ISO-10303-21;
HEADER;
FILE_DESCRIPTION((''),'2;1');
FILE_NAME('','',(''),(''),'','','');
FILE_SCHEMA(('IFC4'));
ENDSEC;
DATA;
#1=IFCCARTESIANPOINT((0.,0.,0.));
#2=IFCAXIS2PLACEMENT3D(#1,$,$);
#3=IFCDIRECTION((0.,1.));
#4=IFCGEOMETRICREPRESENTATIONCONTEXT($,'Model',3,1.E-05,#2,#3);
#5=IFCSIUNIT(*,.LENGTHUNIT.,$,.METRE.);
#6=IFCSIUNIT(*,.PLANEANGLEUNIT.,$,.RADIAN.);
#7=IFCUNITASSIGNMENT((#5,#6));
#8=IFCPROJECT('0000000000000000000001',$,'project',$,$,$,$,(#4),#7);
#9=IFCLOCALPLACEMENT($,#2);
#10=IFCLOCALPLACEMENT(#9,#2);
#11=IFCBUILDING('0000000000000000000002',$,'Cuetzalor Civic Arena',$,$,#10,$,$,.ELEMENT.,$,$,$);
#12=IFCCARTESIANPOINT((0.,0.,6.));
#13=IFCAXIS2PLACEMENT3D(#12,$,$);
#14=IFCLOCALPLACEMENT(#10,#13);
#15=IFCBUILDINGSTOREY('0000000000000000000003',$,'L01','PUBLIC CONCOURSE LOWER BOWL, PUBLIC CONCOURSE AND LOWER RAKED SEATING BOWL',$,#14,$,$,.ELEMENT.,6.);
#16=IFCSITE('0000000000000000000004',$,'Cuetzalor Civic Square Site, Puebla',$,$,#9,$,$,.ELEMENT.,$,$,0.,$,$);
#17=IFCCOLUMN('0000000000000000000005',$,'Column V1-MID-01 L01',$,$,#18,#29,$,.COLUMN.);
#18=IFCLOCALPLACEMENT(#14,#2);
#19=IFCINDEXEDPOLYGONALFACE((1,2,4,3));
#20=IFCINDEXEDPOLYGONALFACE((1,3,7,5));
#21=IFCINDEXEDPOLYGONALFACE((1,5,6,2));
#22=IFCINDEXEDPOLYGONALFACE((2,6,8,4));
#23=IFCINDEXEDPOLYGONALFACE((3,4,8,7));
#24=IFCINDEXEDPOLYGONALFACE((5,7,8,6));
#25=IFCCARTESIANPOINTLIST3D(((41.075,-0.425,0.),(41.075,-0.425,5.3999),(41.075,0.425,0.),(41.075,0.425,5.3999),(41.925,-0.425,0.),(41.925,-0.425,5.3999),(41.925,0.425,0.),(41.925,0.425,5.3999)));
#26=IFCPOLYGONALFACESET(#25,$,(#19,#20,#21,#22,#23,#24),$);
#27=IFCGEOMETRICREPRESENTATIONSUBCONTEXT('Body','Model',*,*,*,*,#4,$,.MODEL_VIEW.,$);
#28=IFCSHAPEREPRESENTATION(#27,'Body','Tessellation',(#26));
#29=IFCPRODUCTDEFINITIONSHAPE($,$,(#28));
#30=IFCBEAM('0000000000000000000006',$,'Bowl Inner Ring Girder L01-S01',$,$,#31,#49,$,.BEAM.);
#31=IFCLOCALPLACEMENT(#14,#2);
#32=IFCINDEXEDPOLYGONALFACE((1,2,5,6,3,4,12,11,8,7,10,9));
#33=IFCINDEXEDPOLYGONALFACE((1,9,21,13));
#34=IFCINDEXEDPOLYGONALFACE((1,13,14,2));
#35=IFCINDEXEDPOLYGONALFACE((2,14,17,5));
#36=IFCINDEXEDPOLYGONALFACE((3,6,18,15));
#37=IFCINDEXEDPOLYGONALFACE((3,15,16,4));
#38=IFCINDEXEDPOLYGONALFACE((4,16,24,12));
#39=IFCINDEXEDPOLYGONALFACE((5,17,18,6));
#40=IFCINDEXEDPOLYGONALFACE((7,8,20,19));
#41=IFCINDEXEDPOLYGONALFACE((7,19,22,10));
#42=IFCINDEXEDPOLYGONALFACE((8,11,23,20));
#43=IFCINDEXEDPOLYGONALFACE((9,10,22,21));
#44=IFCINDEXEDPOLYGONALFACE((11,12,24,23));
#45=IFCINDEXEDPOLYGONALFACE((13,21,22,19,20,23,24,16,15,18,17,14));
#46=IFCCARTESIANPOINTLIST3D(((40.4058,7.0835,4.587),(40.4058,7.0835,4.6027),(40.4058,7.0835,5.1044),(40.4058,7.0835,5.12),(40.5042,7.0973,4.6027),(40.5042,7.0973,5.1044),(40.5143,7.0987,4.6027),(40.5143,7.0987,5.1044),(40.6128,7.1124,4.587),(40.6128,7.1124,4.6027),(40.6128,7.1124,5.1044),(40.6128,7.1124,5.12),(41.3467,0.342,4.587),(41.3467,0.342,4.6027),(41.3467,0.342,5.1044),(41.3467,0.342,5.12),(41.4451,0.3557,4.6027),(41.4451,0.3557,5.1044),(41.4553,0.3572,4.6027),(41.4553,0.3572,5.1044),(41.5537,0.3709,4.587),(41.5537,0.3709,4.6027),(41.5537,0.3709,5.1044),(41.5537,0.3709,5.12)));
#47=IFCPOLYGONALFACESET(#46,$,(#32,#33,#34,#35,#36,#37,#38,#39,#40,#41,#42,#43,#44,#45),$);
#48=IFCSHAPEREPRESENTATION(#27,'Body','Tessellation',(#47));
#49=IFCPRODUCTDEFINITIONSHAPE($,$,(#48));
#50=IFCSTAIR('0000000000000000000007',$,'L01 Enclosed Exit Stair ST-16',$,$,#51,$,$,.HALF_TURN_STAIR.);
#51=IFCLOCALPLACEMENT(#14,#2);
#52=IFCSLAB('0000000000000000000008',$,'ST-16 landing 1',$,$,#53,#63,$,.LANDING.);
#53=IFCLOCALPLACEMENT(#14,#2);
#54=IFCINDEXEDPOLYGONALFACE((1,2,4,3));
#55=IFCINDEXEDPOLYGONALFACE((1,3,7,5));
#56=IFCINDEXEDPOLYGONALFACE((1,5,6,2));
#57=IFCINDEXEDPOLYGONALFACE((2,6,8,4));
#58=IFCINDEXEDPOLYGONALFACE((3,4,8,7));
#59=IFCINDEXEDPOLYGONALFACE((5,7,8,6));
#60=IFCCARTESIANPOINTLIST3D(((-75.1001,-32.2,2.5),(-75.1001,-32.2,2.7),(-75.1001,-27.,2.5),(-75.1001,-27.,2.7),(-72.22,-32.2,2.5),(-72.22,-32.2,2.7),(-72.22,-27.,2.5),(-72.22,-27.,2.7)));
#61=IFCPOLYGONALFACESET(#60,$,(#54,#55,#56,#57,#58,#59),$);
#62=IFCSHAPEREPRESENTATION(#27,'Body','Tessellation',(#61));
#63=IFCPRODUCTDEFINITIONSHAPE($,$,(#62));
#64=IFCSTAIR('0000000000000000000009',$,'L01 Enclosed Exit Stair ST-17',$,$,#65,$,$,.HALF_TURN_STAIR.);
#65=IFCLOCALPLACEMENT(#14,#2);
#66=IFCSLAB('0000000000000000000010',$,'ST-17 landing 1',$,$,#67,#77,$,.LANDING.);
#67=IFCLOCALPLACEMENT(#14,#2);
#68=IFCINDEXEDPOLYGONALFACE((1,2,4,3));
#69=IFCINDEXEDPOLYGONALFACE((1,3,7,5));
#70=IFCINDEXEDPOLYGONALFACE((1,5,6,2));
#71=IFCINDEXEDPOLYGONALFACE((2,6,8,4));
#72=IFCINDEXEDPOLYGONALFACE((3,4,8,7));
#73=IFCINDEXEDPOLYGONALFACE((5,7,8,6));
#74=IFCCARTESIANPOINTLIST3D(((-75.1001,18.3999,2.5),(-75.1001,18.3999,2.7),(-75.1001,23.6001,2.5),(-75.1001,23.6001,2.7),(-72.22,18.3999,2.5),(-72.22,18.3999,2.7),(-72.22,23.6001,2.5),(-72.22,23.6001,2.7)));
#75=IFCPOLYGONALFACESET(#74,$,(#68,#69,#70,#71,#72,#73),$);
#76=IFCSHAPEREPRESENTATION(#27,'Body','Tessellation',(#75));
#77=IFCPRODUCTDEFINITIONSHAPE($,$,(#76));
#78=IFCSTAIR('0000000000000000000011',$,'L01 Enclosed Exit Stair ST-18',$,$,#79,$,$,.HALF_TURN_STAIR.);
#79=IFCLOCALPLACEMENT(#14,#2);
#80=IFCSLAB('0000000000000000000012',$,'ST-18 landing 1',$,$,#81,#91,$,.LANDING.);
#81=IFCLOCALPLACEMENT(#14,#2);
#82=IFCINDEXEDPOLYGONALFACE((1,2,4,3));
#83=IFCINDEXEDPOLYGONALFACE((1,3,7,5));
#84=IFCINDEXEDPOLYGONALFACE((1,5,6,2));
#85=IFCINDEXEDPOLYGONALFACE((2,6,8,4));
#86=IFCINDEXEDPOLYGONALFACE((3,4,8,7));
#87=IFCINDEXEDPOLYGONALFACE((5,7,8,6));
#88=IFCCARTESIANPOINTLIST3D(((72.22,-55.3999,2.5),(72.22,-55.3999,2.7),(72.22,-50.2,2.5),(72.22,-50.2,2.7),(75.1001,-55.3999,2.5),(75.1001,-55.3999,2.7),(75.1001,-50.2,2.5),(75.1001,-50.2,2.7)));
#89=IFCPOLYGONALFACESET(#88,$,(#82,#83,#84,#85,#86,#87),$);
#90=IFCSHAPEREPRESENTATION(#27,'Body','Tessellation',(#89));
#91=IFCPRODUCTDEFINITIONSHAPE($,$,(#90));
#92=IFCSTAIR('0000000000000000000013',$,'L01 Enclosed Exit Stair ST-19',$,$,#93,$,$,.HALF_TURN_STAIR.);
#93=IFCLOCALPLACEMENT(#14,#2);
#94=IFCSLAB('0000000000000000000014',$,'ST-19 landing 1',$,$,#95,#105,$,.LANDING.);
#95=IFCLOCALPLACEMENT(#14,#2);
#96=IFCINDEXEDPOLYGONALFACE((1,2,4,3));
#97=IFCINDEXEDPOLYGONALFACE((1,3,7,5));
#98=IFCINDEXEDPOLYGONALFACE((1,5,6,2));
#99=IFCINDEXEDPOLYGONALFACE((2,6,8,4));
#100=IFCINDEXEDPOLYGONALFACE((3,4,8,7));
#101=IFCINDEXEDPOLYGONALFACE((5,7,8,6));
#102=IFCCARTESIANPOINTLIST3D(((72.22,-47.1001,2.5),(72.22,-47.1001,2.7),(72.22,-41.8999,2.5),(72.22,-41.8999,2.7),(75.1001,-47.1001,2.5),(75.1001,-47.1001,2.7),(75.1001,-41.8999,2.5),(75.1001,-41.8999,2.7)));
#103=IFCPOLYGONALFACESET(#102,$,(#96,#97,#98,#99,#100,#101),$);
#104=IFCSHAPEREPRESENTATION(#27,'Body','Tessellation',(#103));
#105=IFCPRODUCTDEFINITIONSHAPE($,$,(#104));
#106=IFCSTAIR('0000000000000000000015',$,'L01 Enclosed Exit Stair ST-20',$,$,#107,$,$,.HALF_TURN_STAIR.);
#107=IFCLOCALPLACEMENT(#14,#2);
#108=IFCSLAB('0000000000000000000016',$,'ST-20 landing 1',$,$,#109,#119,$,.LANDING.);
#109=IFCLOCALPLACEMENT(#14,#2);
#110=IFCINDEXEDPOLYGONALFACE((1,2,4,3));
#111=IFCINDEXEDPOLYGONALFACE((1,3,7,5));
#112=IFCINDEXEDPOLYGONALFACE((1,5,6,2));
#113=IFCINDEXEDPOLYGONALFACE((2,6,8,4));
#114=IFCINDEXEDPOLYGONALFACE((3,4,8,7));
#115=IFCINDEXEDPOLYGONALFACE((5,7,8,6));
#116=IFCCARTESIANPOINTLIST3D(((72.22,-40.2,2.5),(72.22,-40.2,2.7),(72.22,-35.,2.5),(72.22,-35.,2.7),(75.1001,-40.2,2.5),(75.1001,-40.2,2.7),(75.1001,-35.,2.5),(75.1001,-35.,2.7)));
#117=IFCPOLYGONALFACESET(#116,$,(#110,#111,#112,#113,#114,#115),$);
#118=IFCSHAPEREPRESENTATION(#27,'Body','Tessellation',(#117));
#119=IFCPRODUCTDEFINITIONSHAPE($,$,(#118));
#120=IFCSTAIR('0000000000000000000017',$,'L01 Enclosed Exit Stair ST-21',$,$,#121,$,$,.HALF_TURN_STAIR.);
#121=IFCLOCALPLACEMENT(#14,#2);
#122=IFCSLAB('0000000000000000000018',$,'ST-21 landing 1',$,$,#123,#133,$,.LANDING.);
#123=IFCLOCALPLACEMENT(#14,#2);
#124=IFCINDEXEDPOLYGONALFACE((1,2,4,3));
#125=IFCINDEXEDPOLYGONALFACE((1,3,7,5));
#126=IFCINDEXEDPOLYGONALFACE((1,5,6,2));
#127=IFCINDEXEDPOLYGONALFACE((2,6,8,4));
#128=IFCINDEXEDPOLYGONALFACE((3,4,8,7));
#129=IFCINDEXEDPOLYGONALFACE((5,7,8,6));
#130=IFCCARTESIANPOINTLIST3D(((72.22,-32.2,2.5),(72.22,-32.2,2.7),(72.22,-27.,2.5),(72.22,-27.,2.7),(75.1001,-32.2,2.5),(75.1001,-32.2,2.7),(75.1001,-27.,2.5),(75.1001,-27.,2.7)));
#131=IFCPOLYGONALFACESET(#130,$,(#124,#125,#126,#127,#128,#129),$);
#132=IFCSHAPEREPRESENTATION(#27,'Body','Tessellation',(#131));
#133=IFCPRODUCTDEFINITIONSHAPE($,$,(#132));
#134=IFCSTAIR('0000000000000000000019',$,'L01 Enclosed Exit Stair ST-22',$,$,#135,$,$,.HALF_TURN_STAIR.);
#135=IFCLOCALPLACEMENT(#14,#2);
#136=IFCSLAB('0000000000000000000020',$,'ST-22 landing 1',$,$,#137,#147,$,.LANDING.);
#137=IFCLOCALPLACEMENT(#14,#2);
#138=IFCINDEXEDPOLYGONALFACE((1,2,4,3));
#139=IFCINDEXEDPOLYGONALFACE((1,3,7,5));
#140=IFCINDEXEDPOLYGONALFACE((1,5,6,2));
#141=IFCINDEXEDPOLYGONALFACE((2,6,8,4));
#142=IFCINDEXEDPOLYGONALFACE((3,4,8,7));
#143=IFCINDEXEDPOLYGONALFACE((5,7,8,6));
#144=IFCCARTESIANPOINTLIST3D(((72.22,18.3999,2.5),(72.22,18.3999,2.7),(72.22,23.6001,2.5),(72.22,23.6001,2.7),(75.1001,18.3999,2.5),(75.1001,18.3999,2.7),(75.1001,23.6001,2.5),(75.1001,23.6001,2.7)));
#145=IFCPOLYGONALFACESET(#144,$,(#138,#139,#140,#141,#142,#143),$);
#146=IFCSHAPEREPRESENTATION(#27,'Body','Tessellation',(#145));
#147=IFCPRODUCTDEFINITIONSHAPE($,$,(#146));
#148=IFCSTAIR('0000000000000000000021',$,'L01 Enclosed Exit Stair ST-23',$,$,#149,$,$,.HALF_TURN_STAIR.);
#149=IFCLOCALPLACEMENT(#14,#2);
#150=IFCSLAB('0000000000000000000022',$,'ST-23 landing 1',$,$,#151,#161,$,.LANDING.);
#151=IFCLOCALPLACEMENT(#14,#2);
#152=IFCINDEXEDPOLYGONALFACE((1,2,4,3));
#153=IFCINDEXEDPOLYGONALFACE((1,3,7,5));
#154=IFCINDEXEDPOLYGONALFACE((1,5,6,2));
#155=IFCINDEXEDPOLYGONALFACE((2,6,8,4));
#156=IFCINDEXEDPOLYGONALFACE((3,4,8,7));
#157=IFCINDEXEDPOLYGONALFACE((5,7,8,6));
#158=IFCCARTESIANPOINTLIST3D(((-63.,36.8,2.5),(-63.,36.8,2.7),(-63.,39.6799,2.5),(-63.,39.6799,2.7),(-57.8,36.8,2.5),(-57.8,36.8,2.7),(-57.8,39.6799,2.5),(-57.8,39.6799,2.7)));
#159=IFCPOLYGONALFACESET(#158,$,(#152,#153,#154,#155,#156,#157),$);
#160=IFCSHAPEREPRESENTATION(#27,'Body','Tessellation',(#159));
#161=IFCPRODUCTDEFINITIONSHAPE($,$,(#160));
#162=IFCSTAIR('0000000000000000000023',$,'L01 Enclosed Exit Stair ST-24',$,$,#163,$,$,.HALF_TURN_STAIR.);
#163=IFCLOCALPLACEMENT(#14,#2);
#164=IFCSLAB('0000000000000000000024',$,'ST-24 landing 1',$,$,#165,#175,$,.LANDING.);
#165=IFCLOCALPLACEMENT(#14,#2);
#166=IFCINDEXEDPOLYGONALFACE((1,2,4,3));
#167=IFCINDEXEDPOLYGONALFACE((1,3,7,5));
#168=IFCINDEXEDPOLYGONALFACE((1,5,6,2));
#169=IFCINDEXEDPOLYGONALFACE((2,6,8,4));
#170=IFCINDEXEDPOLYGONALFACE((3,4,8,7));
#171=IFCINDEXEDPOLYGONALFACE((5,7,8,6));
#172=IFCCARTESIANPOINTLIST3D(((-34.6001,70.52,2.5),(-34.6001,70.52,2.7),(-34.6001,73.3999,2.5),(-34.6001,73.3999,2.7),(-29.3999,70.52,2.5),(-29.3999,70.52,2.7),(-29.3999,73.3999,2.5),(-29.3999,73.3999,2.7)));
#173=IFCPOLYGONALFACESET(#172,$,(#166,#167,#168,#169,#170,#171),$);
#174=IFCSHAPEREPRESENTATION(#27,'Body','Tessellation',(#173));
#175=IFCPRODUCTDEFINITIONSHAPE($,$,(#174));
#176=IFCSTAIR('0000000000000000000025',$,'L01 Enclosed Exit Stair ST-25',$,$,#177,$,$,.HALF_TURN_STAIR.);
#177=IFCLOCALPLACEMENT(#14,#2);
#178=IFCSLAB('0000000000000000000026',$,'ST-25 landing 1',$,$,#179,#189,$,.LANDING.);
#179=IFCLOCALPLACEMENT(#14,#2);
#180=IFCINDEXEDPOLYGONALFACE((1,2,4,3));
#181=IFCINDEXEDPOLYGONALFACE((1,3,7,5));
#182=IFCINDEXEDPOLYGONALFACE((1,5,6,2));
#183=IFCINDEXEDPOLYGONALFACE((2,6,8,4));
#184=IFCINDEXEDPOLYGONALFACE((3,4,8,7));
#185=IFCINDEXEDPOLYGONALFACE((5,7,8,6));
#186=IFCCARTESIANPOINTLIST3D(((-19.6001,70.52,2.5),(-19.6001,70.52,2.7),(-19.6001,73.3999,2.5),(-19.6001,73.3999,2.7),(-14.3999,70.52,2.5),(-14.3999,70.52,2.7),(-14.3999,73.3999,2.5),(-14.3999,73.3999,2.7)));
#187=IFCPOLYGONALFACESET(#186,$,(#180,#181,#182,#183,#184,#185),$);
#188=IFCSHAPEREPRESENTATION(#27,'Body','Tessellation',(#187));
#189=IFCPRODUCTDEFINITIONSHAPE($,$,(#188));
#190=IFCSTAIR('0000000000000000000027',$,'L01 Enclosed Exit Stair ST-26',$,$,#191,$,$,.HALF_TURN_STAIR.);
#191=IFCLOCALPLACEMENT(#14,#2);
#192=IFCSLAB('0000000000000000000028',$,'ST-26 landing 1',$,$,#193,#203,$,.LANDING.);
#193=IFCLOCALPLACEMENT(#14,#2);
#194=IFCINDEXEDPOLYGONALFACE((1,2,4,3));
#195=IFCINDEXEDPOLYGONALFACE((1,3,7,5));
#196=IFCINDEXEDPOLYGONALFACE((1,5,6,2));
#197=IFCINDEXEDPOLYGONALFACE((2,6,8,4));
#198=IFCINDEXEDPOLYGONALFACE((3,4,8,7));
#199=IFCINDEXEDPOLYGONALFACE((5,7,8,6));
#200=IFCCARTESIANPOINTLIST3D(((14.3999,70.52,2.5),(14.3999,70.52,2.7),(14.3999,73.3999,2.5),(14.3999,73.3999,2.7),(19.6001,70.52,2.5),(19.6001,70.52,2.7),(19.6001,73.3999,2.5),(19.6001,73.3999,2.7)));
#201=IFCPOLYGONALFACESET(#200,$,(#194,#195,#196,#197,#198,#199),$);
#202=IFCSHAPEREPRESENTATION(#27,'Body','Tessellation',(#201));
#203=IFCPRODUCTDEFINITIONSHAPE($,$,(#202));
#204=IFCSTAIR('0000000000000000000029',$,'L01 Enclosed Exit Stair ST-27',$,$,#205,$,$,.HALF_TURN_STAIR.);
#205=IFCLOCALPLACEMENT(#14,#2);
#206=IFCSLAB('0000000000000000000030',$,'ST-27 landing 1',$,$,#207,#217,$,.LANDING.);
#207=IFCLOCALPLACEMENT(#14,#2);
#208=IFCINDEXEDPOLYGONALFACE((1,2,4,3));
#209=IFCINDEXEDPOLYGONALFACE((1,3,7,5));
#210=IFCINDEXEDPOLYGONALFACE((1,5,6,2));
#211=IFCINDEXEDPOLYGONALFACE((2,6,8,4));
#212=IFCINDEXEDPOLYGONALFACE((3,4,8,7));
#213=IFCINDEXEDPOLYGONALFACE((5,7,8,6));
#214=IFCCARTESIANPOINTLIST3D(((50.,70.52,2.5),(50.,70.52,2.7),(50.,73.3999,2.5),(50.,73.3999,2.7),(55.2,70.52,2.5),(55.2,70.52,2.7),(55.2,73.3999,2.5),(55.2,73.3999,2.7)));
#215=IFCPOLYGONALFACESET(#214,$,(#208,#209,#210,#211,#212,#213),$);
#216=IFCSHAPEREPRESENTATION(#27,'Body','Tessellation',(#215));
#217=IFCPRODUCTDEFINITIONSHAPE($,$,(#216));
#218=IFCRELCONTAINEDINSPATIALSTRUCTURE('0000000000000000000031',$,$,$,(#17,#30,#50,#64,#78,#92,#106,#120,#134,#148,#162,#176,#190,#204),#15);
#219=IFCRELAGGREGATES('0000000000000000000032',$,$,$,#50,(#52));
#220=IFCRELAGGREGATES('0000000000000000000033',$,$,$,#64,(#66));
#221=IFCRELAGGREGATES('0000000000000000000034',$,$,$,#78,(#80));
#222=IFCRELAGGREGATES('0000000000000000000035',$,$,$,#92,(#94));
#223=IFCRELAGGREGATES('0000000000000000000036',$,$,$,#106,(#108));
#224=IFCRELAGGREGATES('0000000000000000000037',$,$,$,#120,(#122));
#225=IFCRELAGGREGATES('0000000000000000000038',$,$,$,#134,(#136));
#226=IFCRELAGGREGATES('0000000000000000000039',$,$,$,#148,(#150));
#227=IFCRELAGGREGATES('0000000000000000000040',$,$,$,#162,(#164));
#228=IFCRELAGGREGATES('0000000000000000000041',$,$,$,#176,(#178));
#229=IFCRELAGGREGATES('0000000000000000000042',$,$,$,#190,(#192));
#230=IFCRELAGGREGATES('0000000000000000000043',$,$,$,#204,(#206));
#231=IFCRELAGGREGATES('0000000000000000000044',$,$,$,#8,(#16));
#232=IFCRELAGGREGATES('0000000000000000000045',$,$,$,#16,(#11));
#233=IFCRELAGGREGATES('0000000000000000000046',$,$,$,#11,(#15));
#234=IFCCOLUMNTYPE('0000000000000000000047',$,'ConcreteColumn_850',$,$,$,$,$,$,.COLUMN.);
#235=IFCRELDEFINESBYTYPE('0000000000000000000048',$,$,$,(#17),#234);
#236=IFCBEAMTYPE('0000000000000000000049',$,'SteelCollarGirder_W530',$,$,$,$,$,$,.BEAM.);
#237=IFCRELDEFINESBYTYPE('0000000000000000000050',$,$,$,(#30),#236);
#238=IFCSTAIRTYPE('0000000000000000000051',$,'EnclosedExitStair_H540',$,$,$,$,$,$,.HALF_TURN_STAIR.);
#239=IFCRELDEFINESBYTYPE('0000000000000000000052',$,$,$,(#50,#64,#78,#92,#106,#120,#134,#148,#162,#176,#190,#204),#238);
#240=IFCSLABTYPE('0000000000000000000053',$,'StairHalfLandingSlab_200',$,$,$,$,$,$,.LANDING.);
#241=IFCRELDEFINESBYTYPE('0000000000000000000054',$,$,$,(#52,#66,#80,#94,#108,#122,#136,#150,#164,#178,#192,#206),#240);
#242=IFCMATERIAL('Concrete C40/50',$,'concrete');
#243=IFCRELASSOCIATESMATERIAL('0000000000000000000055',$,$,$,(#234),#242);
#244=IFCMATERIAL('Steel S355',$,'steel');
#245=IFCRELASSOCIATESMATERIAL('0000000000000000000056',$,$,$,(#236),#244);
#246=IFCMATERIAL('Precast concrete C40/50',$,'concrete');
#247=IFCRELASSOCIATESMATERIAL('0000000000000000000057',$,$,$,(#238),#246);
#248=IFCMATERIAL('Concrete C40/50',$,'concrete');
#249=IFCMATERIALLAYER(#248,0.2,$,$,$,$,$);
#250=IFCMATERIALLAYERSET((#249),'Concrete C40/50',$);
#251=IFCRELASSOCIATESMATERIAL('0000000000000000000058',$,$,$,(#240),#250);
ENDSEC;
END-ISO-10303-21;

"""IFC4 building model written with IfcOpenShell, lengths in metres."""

from ifc_helpers import new_model, si_unit, direction, frame, origin, origin_2d, place, context, subcontext, project, spatial, polyline, rectangle, i_section, outline, extrude, material, layer, layer_set, material_profile, profile_set, type_object, element, aggregate, save


model = new_model("IFC4")

# Units and contexts
model_context = context("Model", 3, precision=1e-05, world=origin(), true_north=direction((0.0, 1.0)))
body_context = subcontext(model_context, "Body", "Model", "MODEL_VIEW")
ifc_project = project(units=[si_unit("LENGTHUNIT", "METRE"), si_unit("PLANEANGLEUNIT", "RADIAN")], contexts=[model_context])

# Site, building, storey
site_placement = place(None, origin())
site = spatial("IfcSite", under=ifc_project, at=site_placement, Name="Cuetzalor Civic Square Site, Puebla", CompositionType="ELEMENT", RefElevation=0.0)
building_placement = place(site_placement, origin())
building = spatial("IfcBuilding", under=site, at=building_placement, Name="Cuetzalor Civic Arena", CompositionType="ELEMENT")
storey_placement = place(building_placement, frame((0.0, 0.0, 6.0)))
storey = spatial("IfcBuildingStorey", under=building, at=storey_placement, Name="L01", Description="PUBLIC CONCOURSE LOWER BOWL, PUBLIC CONCOURSE AND LOWER RAKED SEATING BOWL", CompositionType="ELEMENT", Elevation=6.0)

# Column
ifc_material_1 = material(Name="Concrete C40/50", Category="concrete")
ifc_material_profile_1 = material_profile(ifc_material_1, rectangle(XDim=0.8501, YDim=0.8501, at=origin_2d()), Name="RC 850x850")
ifc_profile_set_1 = profile_set([ifc_material_profile_1], Name="Concrete C40/50")
column_type = type_object("IfcColumnType", Name="ConcreteColumn_850", PredefinedType="COLUMN", material=ifc_profile_set_1)
column_placement = place(storey_placement, frame((41.5, 0.0, 0.0), z_axis=(0.0, 0.0, 1.0), x_axis=(1.0, 0.0, 0.0)))
element("IfcColumn", 1, at=column_placement, inside=storey, type_object=column_type, Name="Column V1-MID-01 L01", PredefinedType="COLUMN", context=body_context, shape_type="SweptSolid", body=[
    extrude(rectangle(XDim=0.8501, YDim=0.8501, at=origin_2d()), origin(), (0.0, 0.0, 1.0), 5.3999),
])

# Beam
ifc_material_2 = material(Name="Steel S355", Category="steel")
ifc_material_profile_2 = material_profile(ifc_material_2, i_section(OverallWidth=0.209, OverallDepth=0.533, WebThickness=0.0103, FlangeThickness=0.0156, at=origin_2d()), Name="W530x92")
ifc_profile_set_2 = profile_set([ifc_material_profile_2], Name="Steel S355")
beam_type = type_object("IfcBeamType", Name="SteelCollarGirder_W530", PredefinedType="BEAM", material=ifc_profile_set_2)
beam_placement = place(storey_placement, frame((41.4502, 0.3564, 4.8535), z_axis=(-0.138232, 0.9904, 0.0), x_axis=(-0.9904, -0.138232, 0.0)))
element("IfcBeam", 2, at=beam_placement, inside=storey, type_object=beam_type, Name="Bowl Inner Ring Girder L01-S01", PredefinedType="BEAM", context=body_context, shape_type="SweptSolid", body=[
    extrude(i_section(OverallWidth=0.209, OverallDepth=0.533, WebThickness=0.0103, FlangeThickness=0.0156, at=origin_2d()), origin(), (0.0, 0.0, 1.0), 6.8069),
])

# Stairs, slabs
ifc_material_3 = material(Name="Precast concrete C40/50", Category="concrete")
stair_type = type_object("IfcStairType", Name="EnclosedExitStair_H540", PredefinedType="HALF_TURN_STAIR", material=ifc_material_3)
stair_1_placement = place(storey_placement, origin())
stair_1 = element("IfcStair", 3, at=stair_1_placement, inside=storey, type_object=stair_type, Name="L01 Enclosed Exit Stair ST-16", PredefinedType="HALF_TURN_STAIR")
ifc_material_4 = material(Name="Concrete C40/50", Category="concrete")
ifc_layer_1 = layer(ifc_material_4, 0.2)
ifc_layer_set_1 = layer_set([ifc_layer_1], Name="Concrete C40/50")
slab_type = type_object("IfcSlabType", Name="StairHalfLandingSlab_200", PredefinedType="LANDING", material=ifc_layer_set_1)
slab_1_placement = place(storey_placement, frame((0.0, 0.0, 2.5)))
slab_1 = element("IfcSlab", 4, at=slab_1_placement, type_object=slab_type, Name="ST-16 landing 1", PredefinedType="LANDING", context=body_context, shape_type="SweptSolid", body=[
    extrude(outline(polyline([(-72.22, -27.0), (-75.1001, -27.0), (-75.1001, -32.2), (-72.22, -32.2), (-72.22, -27.0)])), origin(), (0.0, 0.0, 1.0), 0.2),
])
aggregate(stair_1, [slab_1])
stair_2_placement = place(storey_placement, origin())
stair_2 = element("IfcStair", 5, at=stair_2_placement, inside=storey, type_object=stair_type, Name="L01 Enclosed Exit Stair ST-17", PredefinedType="HALF_TURN_STAIR")
slab_2_placement = place(storey_placement, frame((0.0, 0.0, 2.5)))
slab_2 = element("IfcSlab", 6, at=slab_2_placement, type_object=slab_type, Name="ST-17 landing 1", PredefinedType="LANDING", context=body_context, shape_type="SweptSolid", body=[
    extrude(outline(polyline([(-72.22, 23.6001), (-75.1001, 23.6001), (-75.1001, 18.3999), (-72.22, 18.3999), (-72.22, 23.6001)])), origin(), (0.0, 0.0, 1.0), 0.2),
])
aggregate(stair_2, [slab_2])
stair_3_placement = place(storey_placement, origin())
stair_3 = element("IfcStair", 7, at=stair_3_placement, inside=storey, type_object=stair_type, Name="L01 Enclosed Exit Stair ST-18", PredefinedType="HALF_TURN_STAIR")
slab_3_placement = place(storey_placement, frame((0.0, 0.0, 2.5)))
slab_3 = element("IfcSlab", 8, at=slab_3_placement, type_object=slab_type, Name="ST-18 landing 1", PredefinedType="LANDING", context=body_context, shape_type="SweptSolid", body=[
    extrude(outline(polyline([(72.22, -55.3999), (75.1001, -55.3999), (75.1001, -50.2), (72.22, -50.2), (72.22, -55.3999)])), origin(), (0.0, 0.0, 1.0), 0.2),
])
aggregate(stair_3, [slab_3])
stair_4_placement = place(storey_placement, origin())
stair_4 = element("IfcStair", 9, at=stair_4_placement, inside=storey, type_object=stair_type, Name="L01 Enclosed Exit Stair ST-19", PredefinedType="HALF_TURN_STAIR")
slab_4_placement = place(storey_placement, frame((0.0, 0.0, 2.5)))
slab_4 = element("IfcSlab", 10, at=slab_4_placement, type_object=slab_type, Name="ST-19 landing 1", PredefinedType="LANDING", context=body_context, shape_type="SweptSolid", body=[
    extrude(outline(polyline([(72.22, -47.1001), (75.1001, -47.1001), (75.1001, -41.8999), (72.22, -41.8999), (72.22, -47.1001)])), origin(), (0.0, 0.0, 1.0), 0.2),
])
aggregate(stair_4, [slab_4])
stair_5_placement = place(storey_placement, origin())
stair_5 = element("IfcStair", 11, at=stair_5_placement, inside=storey, type_object=stair_type, Name="L01 Enclosed Exit Stair ST-20", PredefinedType="HALF_TURN_STAIR")
slab_5_placement = place(storey_placement, frame((0.0, 0.0, 2.5)))
slab_5 = element("IfcSlab", 12, at=slab_5_placement, type_object=slab_type, Name="ST-20 landing 1", PredefinedType="LANDING", context=body_context, shape_type="SweptSolid", body=[
    extrude(outline(polyline([(72.22, -40.2), (75.1001, -40.2), (75.1001, -35.0), (72.22, -35.0), (72.22, -40.2)])), origin(), (0.0, 0.0, 1.0), 0.2),
])
aggregate(stair_5, [slab_5])
stair_6_placement = place(storey_placement, origin())
stair_6 = element("IfcStair", 13, at=stair_6_placement, inside=storey, type_object=stair_type, Name="L01 Enclosed Exit Stair ST-21", PredefinedType="HALF_TURN_STAIR")
slab_6_placement = place(storey_placement, frame((0.0, 0.0, 2.5)))
slab_6 = element("IfcSlab", 14, at=slab_6_placement, type_object=slab_type, Name="ST-21 landing 1", PredefinedType="LANDING", context=body_context, shape_type="SweptSolid", body=[
    extrude(outline(polyline([(72.22, -32.2), (75.1001, -32.2), (75.1001, -27.0), (72.22, -27.0), (72.22, -32.2)])), origin(), (0.0, 0.0, 1.0), 0.2),
])
aggregate(stair_6, [slab_6])
stair_7_placement = place(storey_placement, origin())
stair_7 = element("IfcStair", 15, at=stair_7_placement, inside=storey, type_object=stair_type, Name="L01 Enclosed Exit Stair ST-22", PredefinedType="HALF_TURN_STAIR")
slab_7_placement = place(storey_placement, frame((0.0, 0.0, 2.5)))
slab_7 = element("IfcSlab", 16, at=slab_7_placement, type_object=slab_type, Name="ST-22 landing 1", PredefinedType="LANDING", context=body_context, shape_type="SweptSolid", body=[
    extrude(outline(polyline([(72.22, 18.3999), (75.1001, 18.3999), (75.1001, 23.6001), (72.22, 23.6001), (72.22, 18.3999)])), origin(), (0.0, 0.0, 1.0), 0.2),
])
aggregate(stair_7, [slab_7])
stair_8_placement = place(storey_placement, origin())
stair_8 = element("IfcStair", 17, at=stair_8_placement, inside=storey, type_object=stair_type, Name="L01 Enclosed Exit Stair ST-23", PredefinedType="HALF_TURN_STAIR")
slab_8_placement = place(storey_placement, frame((0.0, 0.0, 2.5)))
slab_8 = element("IfcSlab", 18, at=slab_8_placement, type_object=slab_type, Name="ST-23 landing 1", PredefinedType="LANDING", context=body_context, shape_type="SweptSolid", body=[
    extrude(outline(polyline([(-63.0, 39.6799), (-63.0, 36.8), (-57.8, 36.8), (-57.8, 39.6799), (-63.0, 39.6799)])), origin(), (0.0, 0.0, 1.0), 0.2),
])
aggregate(stair_8, [slab_8])
stair_9_placement = place(storey_placement, origin())
stair_9 = element("IfcStair", 19, at=stair_9_placement, inside=storey, type_object=stair_type, Name="L01 Enclosed Exit Stair ST-24", PredefinedType="HALF_TURN_STAIR")
slab_9_placement = place(storey_placement, frame((0.0, 0.0, 2.5)))
slab_9 = element("IfcSlab", 20, at=slab_9_placement, type_object=slab_type, Name="ST-24 landing 1", PredefinedType="LANDING", context=body_context, shape_type="SweptSolid", body=[
    extrude(outline(polyline([(-29.3999, 70.52), (-29.3999, 73.3999), (-34.6001, 73.3999), (-34.6001, 70.52), (-29.3999, 70.52)])), origin(), (0.0, 0.0, 1.0), 0.2),
])
aggregate(stair_9, [slab_9])
stair_10_placement = place(storey_placement, origin())
stair_10 = element("IfcStair", 21, at=stair_10_placement, inside=storey, type_object=stair_type, Name="L01 Enclosed Exit Stair ST-25", PredefinedType="HALF_TURN_STAIR")
slab_10_placement = place(storey_placement, frame((0.0, 0.0, 2.5)))
slab_10 = element("IfcSlab", 22, at=slab_10_placement, type_object=slab_type, Name="ST-25 landing 1", PredefinedType="LANDING", context=body_context, shape_type="SweptSolid", body=[
    extrude(outline(polyline([(-14.3999, 70.52), (-14.3999, 73.3999), (-19.6001, 73.3999), (-19.6001, 70.52), (-14.3999, 70.52)])), origin(), (0.0, 0.0, 1.0), 0.2),
])
aggregate(stair_10, [slab_10])
stair_11_placement = place(storey_placement, origin())
stair_11 = element("IfcStair", 23, at=stair_11_placement, inside=storey, type_object=stair_type, Name="L01 Enclosed Exit Stair ST-26", PredefinedType="HALF_TURN_STAIR")
slab_11_placement = place(storey_placement, frame((0.0, 0.0, 2.5)))
slab_11 = element("IfcSlab", 24, at=slab_11_placement, type_object=slab_type, Name="ST-26 landing 1", PredefinedType="LANDING", context=body_context, shape_type="SweptSolid", body=[
    extrude(outline(polyline([(19.6001, 70.52), (19.6001, 73.3999), (14.3999, 73.3999), (14.3999, 70.52), (19.6001, 70.52)])), origin(), (0.0, 0.0, 1.0), 0.2),
])
aggregate(stair_11, [slab_11])
stair_12_placement = place(storey_placement, origin())
stair_12 = element("IfcStair", 25, at=stair_12_placement, inside=storey, type_object=stair_type, Name="L01 Enclosed Exit Stair ST-27", PredefinedType="HALF_TURN_STAIR")
slab_12_placement = place(storey_placement, frame((0.0, 0.0, 2.5)))
slab_12 = element("IfcSlab", 26, at=slab_12_placement, type_object=slab_type, Name="ST-27 landing 1", PredefinedType="LANDING", context=body_context, shape_type="SweptSolid", body=[
    extrude(outline(polyline([(55.2, 70.52), (55.2, 73.3999), (50.0, 73.3999), (50.0, 70.52), (55.2, 70.52)])), origin(), (0.0, 0.0, 1.0), 0.2),
])
aggregate(stair_12, [slab_12])

save(model, "model.ifc")
